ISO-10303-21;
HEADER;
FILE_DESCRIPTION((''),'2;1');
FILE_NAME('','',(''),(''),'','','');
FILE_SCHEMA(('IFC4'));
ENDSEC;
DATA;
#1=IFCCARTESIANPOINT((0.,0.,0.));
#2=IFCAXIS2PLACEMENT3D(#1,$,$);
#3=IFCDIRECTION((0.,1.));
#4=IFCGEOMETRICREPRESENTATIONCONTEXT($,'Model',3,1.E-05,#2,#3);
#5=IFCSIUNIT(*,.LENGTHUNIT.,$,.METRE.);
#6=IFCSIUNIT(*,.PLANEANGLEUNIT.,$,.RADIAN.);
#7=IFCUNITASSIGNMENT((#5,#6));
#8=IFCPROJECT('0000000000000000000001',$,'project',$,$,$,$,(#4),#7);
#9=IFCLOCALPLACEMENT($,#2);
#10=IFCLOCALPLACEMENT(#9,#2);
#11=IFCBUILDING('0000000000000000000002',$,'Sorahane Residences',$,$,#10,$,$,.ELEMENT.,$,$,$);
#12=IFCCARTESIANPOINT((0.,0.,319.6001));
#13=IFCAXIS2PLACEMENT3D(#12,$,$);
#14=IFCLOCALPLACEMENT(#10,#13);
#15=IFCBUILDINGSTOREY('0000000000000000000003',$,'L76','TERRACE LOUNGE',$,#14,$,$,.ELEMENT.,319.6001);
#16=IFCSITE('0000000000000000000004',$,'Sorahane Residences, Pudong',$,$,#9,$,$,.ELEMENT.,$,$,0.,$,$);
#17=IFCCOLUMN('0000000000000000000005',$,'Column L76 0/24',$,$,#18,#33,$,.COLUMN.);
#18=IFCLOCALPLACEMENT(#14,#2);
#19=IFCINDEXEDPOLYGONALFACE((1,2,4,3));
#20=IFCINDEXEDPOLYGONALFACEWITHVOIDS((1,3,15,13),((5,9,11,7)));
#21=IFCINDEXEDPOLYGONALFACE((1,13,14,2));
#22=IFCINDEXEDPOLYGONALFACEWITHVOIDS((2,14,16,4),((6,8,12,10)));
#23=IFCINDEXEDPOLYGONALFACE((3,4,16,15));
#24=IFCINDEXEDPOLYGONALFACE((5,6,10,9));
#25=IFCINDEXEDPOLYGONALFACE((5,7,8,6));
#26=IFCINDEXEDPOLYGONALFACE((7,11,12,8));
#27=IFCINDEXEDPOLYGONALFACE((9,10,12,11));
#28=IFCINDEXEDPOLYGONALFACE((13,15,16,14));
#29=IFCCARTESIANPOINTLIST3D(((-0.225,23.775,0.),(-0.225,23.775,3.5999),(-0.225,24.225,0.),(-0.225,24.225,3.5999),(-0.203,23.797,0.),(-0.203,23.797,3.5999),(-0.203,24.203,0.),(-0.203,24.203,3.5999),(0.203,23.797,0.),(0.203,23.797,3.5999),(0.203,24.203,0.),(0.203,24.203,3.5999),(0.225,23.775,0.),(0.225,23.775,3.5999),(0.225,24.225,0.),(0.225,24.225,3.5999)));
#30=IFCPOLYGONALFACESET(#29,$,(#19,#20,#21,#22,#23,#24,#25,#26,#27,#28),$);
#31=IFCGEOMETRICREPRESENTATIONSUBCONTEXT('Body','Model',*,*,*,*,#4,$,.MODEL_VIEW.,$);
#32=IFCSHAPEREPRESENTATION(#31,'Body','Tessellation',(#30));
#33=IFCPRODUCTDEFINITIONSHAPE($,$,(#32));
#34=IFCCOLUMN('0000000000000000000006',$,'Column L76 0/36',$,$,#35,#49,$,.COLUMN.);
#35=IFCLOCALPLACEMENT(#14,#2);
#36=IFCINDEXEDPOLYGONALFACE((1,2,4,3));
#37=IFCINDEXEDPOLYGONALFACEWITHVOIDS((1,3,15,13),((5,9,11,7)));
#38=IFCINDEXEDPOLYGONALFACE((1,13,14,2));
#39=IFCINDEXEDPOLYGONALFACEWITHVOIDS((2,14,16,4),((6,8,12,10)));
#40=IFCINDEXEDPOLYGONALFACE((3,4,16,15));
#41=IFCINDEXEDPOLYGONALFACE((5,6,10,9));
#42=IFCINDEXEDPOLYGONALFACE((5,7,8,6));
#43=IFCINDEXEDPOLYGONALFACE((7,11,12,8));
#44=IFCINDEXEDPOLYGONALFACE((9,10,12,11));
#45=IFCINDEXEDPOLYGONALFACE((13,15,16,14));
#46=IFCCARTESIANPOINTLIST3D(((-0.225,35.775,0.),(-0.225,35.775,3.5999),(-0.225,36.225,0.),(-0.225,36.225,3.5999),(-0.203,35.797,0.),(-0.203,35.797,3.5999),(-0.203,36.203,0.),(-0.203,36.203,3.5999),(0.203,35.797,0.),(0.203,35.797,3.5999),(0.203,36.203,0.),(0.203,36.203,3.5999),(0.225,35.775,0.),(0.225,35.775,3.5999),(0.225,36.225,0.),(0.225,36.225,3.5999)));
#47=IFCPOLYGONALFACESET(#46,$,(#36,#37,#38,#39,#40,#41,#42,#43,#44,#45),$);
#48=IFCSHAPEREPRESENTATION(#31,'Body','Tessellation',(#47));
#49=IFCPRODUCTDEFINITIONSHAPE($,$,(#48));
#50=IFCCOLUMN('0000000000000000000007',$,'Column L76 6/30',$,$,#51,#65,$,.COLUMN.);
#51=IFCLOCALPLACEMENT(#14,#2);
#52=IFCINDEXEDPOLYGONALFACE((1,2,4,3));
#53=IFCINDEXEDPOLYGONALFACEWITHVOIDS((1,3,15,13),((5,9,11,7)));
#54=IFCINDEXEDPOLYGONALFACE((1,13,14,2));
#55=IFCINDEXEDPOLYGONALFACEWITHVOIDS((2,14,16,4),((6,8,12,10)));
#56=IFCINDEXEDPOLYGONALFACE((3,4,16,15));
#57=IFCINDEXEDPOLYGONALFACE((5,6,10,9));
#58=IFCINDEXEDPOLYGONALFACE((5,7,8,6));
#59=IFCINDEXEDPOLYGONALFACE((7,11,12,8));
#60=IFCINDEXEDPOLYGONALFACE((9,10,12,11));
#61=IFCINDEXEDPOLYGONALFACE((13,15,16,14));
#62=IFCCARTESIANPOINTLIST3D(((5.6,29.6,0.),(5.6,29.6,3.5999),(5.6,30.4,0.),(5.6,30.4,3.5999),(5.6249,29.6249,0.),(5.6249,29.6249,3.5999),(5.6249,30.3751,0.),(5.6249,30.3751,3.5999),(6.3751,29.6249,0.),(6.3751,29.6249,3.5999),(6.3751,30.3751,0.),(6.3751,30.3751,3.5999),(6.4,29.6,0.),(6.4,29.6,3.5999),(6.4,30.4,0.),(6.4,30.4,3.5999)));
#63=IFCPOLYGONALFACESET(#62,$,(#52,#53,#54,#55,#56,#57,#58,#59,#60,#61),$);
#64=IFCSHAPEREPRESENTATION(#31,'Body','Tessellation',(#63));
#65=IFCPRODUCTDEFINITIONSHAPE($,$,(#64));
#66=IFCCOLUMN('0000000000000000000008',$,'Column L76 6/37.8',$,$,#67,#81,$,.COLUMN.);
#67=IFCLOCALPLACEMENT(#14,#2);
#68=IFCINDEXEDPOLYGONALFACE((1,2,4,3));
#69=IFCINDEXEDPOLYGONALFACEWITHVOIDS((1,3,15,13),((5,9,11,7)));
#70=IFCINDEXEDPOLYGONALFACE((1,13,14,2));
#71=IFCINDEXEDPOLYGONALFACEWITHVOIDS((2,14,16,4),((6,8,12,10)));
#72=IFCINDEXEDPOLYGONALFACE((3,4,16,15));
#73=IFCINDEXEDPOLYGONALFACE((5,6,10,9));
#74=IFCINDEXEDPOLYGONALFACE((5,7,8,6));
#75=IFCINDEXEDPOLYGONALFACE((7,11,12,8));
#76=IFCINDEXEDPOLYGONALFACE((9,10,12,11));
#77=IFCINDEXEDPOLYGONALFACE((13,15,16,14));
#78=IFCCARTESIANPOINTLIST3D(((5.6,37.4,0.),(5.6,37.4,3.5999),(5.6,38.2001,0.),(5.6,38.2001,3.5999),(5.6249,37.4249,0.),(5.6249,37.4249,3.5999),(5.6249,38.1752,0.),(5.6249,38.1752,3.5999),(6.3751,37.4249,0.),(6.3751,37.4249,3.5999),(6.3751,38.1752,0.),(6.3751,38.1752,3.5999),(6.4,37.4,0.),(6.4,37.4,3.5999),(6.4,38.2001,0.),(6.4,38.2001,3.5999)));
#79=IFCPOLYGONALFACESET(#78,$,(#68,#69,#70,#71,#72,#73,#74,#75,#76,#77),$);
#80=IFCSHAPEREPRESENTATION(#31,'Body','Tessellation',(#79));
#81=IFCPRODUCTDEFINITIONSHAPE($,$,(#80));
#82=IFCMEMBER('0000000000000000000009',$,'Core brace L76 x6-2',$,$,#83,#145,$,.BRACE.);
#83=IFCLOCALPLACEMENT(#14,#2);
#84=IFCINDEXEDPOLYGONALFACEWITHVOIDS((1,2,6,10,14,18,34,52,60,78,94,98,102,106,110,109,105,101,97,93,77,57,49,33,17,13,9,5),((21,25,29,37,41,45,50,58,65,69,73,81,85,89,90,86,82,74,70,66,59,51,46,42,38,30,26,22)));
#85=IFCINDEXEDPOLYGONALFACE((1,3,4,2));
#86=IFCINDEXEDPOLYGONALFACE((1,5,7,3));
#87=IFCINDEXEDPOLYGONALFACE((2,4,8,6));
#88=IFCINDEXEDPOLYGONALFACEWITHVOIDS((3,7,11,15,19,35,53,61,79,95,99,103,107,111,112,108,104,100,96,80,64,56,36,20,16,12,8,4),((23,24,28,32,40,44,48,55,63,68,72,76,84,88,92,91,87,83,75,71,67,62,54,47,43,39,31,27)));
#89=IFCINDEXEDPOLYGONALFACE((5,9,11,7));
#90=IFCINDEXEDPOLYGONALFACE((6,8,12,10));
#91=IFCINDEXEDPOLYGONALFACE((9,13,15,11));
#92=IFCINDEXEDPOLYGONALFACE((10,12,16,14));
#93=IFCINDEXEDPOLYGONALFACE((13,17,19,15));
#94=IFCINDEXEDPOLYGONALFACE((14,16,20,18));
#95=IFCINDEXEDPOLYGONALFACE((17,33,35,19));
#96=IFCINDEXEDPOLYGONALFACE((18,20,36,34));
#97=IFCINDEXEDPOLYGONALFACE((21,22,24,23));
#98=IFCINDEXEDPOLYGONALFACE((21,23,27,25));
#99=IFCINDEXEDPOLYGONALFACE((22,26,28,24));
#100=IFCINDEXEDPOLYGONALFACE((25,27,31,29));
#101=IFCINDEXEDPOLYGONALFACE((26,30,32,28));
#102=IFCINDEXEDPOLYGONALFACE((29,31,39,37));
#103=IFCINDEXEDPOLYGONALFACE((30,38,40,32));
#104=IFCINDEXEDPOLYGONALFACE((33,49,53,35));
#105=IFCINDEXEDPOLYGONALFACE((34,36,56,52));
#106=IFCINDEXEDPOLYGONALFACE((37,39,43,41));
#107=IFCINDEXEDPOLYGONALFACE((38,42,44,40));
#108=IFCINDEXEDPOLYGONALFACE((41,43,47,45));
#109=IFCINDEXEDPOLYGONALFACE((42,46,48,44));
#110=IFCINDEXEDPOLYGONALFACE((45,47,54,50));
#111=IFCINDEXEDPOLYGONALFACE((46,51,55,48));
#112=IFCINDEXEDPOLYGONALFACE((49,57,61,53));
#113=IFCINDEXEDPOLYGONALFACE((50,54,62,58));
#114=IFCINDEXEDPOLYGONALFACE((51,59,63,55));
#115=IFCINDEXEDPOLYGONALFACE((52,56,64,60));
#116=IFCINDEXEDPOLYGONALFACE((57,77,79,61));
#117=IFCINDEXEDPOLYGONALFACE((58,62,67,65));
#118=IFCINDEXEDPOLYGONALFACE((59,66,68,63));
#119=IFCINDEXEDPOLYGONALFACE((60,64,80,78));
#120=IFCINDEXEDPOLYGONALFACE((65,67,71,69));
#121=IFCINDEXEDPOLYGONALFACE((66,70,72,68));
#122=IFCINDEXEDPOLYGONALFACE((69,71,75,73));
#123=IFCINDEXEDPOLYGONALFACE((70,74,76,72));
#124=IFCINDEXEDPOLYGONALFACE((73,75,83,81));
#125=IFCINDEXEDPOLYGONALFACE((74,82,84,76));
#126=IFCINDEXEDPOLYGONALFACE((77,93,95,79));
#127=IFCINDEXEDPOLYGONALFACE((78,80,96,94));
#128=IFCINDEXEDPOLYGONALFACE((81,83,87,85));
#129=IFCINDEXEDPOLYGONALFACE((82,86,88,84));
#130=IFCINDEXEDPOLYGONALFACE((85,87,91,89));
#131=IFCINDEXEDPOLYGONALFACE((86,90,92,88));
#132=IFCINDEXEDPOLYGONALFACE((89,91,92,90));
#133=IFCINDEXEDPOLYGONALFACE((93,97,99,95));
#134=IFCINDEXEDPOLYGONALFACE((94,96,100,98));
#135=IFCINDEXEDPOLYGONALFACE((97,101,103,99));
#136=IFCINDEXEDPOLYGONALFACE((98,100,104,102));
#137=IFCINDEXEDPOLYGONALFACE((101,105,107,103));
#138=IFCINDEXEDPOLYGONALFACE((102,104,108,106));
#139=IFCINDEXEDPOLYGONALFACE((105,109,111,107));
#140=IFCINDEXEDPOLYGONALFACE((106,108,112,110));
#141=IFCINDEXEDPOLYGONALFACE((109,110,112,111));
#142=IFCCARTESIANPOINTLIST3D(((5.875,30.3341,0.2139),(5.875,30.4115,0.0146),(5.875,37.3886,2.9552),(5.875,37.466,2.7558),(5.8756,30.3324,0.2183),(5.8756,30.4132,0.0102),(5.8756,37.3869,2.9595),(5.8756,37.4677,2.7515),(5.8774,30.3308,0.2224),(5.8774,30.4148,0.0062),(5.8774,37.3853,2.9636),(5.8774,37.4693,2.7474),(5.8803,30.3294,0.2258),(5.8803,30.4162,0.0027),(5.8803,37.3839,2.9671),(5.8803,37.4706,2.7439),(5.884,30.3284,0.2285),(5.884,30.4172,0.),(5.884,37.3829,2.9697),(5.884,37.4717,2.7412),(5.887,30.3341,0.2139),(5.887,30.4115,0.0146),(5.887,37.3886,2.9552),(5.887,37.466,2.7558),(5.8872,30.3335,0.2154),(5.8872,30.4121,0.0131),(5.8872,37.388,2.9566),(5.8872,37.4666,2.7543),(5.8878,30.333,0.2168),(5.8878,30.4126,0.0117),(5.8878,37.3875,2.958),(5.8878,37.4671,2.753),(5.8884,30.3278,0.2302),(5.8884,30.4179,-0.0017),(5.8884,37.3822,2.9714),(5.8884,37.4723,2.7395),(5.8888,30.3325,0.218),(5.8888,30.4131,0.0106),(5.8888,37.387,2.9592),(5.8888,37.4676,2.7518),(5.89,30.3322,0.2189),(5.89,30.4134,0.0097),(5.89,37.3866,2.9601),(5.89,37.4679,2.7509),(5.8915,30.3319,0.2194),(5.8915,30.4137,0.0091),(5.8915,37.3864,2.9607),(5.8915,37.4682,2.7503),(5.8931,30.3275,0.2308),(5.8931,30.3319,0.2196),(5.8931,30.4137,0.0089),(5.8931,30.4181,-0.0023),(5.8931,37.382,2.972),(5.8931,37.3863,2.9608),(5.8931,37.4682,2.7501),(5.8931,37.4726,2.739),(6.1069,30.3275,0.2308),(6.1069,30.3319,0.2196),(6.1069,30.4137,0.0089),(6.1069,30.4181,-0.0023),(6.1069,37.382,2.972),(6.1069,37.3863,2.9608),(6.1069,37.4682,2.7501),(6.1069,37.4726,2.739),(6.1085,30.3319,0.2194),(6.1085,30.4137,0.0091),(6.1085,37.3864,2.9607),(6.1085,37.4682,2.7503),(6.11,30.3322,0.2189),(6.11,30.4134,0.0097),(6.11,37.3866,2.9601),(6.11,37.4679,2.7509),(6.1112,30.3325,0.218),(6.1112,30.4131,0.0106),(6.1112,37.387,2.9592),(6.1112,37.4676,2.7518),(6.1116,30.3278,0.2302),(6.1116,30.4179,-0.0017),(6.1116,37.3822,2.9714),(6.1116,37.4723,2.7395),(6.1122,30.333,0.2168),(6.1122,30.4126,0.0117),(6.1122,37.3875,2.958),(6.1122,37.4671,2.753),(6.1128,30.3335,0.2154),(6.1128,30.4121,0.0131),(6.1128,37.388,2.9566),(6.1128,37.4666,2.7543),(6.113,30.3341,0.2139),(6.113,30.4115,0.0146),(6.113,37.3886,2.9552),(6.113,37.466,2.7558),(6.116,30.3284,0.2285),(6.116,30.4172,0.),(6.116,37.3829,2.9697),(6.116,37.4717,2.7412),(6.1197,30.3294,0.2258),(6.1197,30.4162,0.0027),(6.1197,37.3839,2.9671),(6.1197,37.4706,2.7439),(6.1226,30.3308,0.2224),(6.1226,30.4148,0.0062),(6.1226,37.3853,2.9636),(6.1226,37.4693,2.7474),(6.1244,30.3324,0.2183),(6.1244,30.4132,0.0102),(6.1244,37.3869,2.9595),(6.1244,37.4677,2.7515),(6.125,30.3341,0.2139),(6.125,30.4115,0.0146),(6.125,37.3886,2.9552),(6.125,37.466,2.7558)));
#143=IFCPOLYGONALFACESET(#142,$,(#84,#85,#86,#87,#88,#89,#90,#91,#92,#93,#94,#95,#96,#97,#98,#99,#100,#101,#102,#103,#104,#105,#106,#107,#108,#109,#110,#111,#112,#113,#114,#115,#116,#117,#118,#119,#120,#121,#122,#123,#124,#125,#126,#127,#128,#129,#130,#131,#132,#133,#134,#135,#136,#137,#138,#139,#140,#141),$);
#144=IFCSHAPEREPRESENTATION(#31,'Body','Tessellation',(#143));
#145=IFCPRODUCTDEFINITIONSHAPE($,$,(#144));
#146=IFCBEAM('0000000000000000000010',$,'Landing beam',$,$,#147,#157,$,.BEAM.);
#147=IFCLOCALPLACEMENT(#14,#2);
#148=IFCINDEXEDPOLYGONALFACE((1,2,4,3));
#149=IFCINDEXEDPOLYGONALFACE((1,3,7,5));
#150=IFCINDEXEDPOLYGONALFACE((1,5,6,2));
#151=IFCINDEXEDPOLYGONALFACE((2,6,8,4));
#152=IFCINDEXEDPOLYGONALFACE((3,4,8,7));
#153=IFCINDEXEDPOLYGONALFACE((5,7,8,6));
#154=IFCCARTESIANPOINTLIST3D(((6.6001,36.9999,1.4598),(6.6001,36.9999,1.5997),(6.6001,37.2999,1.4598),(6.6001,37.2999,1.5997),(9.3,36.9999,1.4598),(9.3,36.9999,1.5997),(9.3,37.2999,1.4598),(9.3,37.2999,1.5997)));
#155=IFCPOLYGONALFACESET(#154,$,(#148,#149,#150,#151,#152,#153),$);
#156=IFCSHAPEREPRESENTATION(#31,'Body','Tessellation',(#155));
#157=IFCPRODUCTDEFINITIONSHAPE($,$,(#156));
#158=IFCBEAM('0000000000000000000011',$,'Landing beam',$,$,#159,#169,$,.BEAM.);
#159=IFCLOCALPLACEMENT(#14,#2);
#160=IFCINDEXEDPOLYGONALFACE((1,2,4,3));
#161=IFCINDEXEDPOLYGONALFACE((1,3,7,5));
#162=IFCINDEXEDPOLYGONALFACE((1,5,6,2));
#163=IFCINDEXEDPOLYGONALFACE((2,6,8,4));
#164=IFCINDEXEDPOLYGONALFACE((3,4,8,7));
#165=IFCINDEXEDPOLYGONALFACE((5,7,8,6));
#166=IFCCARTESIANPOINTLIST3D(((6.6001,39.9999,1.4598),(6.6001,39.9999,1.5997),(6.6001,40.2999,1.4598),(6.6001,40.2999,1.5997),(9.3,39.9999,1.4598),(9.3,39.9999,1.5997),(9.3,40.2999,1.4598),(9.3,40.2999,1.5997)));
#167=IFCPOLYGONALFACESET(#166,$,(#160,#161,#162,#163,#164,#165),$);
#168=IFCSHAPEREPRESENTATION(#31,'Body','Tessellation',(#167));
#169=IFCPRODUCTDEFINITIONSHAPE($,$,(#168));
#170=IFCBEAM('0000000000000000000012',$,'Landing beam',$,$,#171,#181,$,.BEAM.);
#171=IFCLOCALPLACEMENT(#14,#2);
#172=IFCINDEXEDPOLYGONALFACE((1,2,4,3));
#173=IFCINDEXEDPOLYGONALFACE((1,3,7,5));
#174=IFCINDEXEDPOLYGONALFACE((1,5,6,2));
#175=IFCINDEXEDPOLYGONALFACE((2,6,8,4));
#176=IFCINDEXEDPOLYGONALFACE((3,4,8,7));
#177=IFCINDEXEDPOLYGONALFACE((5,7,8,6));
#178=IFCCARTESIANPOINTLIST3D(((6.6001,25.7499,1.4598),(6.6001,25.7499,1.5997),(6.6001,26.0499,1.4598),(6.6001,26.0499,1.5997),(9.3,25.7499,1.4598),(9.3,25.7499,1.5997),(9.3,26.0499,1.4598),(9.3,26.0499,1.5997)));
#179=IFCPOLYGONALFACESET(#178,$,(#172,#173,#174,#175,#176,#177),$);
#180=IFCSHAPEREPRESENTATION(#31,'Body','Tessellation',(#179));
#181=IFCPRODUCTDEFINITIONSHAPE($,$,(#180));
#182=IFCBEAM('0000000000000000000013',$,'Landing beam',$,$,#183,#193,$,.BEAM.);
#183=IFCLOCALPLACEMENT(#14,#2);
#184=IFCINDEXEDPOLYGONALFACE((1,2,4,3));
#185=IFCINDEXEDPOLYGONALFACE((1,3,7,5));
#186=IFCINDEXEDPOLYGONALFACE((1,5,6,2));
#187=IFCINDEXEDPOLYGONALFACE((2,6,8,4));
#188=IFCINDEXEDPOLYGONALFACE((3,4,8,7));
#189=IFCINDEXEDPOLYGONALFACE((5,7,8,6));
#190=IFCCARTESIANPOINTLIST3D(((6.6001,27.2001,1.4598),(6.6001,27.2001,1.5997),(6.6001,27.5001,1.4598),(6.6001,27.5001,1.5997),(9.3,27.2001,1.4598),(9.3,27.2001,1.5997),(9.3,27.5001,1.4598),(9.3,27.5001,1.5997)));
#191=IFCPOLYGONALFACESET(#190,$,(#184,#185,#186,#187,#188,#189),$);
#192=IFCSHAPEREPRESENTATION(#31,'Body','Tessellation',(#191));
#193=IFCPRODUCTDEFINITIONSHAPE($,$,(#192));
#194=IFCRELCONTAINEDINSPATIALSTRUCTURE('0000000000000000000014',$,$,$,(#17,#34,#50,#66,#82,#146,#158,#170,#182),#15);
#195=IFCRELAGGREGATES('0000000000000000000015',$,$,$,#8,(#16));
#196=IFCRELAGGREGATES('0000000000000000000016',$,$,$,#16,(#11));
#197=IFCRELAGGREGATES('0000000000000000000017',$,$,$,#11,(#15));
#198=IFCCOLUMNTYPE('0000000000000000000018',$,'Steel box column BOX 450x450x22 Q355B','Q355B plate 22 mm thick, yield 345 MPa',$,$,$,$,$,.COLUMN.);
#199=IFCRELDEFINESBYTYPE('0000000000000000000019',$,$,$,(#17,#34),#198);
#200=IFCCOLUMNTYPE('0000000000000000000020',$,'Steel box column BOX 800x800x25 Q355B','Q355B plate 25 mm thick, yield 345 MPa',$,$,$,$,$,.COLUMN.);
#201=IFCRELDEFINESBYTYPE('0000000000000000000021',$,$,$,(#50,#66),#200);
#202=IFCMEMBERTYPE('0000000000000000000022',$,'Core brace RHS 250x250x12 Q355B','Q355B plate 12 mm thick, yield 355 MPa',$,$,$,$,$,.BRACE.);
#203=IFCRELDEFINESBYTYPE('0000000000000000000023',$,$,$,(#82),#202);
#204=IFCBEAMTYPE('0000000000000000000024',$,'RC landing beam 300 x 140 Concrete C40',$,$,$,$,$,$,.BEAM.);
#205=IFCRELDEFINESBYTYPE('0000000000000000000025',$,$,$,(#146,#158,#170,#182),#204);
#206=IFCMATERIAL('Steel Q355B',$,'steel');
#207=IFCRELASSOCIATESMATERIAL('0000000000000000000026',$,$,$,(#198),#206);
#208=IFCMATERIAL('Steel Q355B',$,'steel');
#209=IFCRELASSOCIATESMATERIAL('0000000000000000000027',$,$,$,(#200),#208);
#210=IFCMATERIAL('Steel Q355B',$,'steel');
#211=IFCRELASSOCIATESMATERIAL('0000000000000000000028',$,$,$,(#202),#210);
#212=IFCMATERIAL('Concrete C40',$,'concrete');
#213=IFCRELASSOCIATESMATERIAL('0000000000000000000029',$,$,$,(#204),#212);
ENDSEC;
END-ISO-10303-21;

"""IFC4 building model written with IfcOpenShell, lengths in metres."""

from ifc_helpers import new_model, si_unit, direction, frame, origin, origin_2d, place, context, subcontext, project, spatial, rectangle, hollow_rectangle, extrude, material, material_profile, profile_set, type_object, element, save


model = new_model("IFC4")

# Units and contexts
model_context = context("Model", 3, precision=1e-05, world=origin(), true_north=direction((0.0, 1.0)))
body_context = subcontext(model_context, "Body", "Model", "MODEL_VIEW")
ifc_project = project(units=[si_unit("LENGTHUNIT", "METRE"), si_unit("PLANEANGLEUNIT", "RADIAN")], contexts=[model_context])

# Site, building, storey
site_placement = place(None, origin())
site = spatial("IfcSite", under=ifc_project, at=site_placement, Name="Sorahane Residences, Pudong", CompositionType="ELEMENT", RefElevation=0.0)
building_placement = place(site_placement, origin())
building = spatial("IfcBuilding", under=site, at=building_placement, Name="Sorahane Residences", CompositionType="ELEMENT")
storey_placement = place(building_placement, frame((0.0, 0.0, 319.6001)))
storey = spatial("IfcBuildingStorey", under=building, at=storey_placement, Name="L76", Description="TERRACE LOUNGE", CompositionType="ELEMENT", Elevation=319.6001)

# Columns
ifc_material_1 = material(Name="Steel Q355B", Category="steel")
ifc_material_profile_1 = material_profile(ifc_material_1, hollow_rectangle(XDim=0.45, YDim=0.45, WallThickness=0.022, at=origin_2d()), Name="BOX 450x450x22")
ifc_profile_set_1 = profile_set([ifc_material_profile_1], Name="Steel Q355B")
column_type_1 = type_object("IfcColumnType", Name="Steel box column BOX 450x450x22 Q355B", Description="Q355B plate 22 mm thick, yield 345 MPa", PredefinedType="COLUMN", material=ifc_profile_set_1)
for number, where, z_axis, x_axis, name in (
    (1, (0.0, 24.0, 0.0), (0.0, 0.0, 1.0), (1.0, 0.0, 0.0), "Column L76 0/24"),
    (2, (0.0, 36.0, 0.0), (0.0, 0.0, 1.0), (1.0, 0.0, 0.0), "Column L76 0/36"),
):
    element("IfcColumn", number, at=place(storey_placement, frame(where, z_axis=z_axis, x_axis=x_axis)), inside=storey, type_object=column_type_1, Name=name, PredefinedType="COLUMN", context=body_context, shape_type="SweptSolid", body=[
        extrude(hollow_rectangle(XDim=0.45, YDim=0.45, WallThickness=0.022, at=origin_2d()), origin(), (0.0, 0.0, 1.0), 3.5999),
    ])
ifc_material_2 = material(Name="Steel Q355B", Category="steel")
ifc_material_profile_2 = material_profile(ifc_material_2, hollow_rectangle(XDim=0.8, YDim=0.8, WallThickness=0.0249, at=origin_2d()), Name="BOX 800x800x25")
ifc_profile_set_2 = profile_set([ifc_material_profile_2], Name="Steel Q355B")
column_type_2 = type_object("IfcColumnType", Name="Steel box column BOX 800x800x25 Q355B", Description="Q355B plate 25 mm thick, yield 345 MPa", PredefinedType="COLUMN", material=ifc_profile_set_2)
for number, where, z_axis, x_axis, name in (
    (3, (6.0, 30.0, 0.0), (0.0, 0.0, 1.0), (1.0, 0.0, 0.0), "Column L76 6/30"),
    (4, (6.0, 37.8, 0.0), (0.0, 0.0, 1.0), (1.0, 0.0, 0.0), "Column L76 6/37.8"),
):
    element("IfcColumn", number, at=place(storey_placement, frame(where, z_axis=z_axis, x_axis=x_axis)), inside=storey, type_object=column_type_2, Name=name, PredefinedType="COLUMN", context=body_context, shape_type="SweptSolid", body=[
        extrude(hollow_rectangle(XDim=0.8, YDim=0.8, WallThickness=0.0249, at=origin_2d()), origin(), (0.0, 0.0, 1.0), 3.5999),
    ])

# Member
ifc_material_3 = material(Name="Steel Q355B", Category="steel")
ifc_material_profile_3 = material_profile(ifc_material_3, hollow_rectangle(XDim=0.25, YDim=0.25, WallThickness=0.012, InnerFilletRadius=0.0061, OuterFilletRadius=0.0181, at=origin_2d()), Name="RHS 250x250x12")
ifc_profile_set_3 = profile_set([ifc_material_profile_3], Name="Steel Q355B")
member_type = type_object("IfcMemberType", Name="Core brace RHS 250x250x12 Q355B", Description="Q355B plate 12 mm thick, yield 355 MPa", PredefinedType="BRACE", material=ifc_profile_set_3)
member_placement = place(storey_placement, frame((6.0, 30.3728, 0.1143), z_axis=(0.0, 0.932102, 0.362196), x_axis=(-1.0, 0.0, 0.0)))
element("IfcMember", 5, at=member_placement, inside=storey, type_object=member_type, Name="Core brace L76 x6-2", PredefinedType="BRACE", context=body_context, shape_type="SweptSolid", body=[
    extrude(hollow_rectangle(XDim=0.25, YDim=0.25, WallThickness=0.012, InnerFilletRadius=0.0061, OuterFilletRadius=0.0181, at=origin_2d()), origin(), (0.0, 0.0, 1.0), 7.5684),
])

# Beams
ifc_material_4 = material(Name="Concrete C40", Category="concrete")
ifc_material_profile_4 = material_profile(ifc_material_4, rectangle(XDim=0.3, YDim=0.1399, at=origin_2d()), Name="300x140")
ifc_profile_set_4 = profile_set([ifc_material_profile_4], Name="Concrete C40")
beam_type_1 = type_object("IfcBeamType", Name="RC landing beam 300 x 140 Concrete C40", PredefinedType="BEAM", material=ifc_profile_set_4)
for number, where, z_axis, x_axis, name in (
    (6, (6.6001, 37.1499, 1.5298), (1.0, 0.0, 0.0), (0.0, 1.0, 0.0), "Landing beam"),
    (7, (6.6001, 40.1499, 1.5298), (1.0, 0.0, 0.0), (0.0, 1.0, 0.0), "Landing beam"),
    (8, (6.6001, 25.8999, 1.5298), (1.0, 0.0, 0.0), (0.0, 1.0, 0.0), "Landing beam"),
    (9, (6.6001, 27.3501, 1.5298), (1.0, 0.0, 0.0), (0.0, 1.0, 0.0), "Landing beam"),
):
    element("IfcBeam", number, at=place(storey_placement, frame(where, z_axis=z_axis, x_axis=x_axis)), inside=storey, type_object=beam_type_1, Name=name, PredefinedType="BEAM", context=body_context, shape_type="SweptSolid", body=[
        extrude(rectangle(XDim=0.3, YDim=0.1399, at=origin_2d()), origin(), (0.0, 0.0, 1.0), 2.7),
    ])

save(model, "model.ifc")
